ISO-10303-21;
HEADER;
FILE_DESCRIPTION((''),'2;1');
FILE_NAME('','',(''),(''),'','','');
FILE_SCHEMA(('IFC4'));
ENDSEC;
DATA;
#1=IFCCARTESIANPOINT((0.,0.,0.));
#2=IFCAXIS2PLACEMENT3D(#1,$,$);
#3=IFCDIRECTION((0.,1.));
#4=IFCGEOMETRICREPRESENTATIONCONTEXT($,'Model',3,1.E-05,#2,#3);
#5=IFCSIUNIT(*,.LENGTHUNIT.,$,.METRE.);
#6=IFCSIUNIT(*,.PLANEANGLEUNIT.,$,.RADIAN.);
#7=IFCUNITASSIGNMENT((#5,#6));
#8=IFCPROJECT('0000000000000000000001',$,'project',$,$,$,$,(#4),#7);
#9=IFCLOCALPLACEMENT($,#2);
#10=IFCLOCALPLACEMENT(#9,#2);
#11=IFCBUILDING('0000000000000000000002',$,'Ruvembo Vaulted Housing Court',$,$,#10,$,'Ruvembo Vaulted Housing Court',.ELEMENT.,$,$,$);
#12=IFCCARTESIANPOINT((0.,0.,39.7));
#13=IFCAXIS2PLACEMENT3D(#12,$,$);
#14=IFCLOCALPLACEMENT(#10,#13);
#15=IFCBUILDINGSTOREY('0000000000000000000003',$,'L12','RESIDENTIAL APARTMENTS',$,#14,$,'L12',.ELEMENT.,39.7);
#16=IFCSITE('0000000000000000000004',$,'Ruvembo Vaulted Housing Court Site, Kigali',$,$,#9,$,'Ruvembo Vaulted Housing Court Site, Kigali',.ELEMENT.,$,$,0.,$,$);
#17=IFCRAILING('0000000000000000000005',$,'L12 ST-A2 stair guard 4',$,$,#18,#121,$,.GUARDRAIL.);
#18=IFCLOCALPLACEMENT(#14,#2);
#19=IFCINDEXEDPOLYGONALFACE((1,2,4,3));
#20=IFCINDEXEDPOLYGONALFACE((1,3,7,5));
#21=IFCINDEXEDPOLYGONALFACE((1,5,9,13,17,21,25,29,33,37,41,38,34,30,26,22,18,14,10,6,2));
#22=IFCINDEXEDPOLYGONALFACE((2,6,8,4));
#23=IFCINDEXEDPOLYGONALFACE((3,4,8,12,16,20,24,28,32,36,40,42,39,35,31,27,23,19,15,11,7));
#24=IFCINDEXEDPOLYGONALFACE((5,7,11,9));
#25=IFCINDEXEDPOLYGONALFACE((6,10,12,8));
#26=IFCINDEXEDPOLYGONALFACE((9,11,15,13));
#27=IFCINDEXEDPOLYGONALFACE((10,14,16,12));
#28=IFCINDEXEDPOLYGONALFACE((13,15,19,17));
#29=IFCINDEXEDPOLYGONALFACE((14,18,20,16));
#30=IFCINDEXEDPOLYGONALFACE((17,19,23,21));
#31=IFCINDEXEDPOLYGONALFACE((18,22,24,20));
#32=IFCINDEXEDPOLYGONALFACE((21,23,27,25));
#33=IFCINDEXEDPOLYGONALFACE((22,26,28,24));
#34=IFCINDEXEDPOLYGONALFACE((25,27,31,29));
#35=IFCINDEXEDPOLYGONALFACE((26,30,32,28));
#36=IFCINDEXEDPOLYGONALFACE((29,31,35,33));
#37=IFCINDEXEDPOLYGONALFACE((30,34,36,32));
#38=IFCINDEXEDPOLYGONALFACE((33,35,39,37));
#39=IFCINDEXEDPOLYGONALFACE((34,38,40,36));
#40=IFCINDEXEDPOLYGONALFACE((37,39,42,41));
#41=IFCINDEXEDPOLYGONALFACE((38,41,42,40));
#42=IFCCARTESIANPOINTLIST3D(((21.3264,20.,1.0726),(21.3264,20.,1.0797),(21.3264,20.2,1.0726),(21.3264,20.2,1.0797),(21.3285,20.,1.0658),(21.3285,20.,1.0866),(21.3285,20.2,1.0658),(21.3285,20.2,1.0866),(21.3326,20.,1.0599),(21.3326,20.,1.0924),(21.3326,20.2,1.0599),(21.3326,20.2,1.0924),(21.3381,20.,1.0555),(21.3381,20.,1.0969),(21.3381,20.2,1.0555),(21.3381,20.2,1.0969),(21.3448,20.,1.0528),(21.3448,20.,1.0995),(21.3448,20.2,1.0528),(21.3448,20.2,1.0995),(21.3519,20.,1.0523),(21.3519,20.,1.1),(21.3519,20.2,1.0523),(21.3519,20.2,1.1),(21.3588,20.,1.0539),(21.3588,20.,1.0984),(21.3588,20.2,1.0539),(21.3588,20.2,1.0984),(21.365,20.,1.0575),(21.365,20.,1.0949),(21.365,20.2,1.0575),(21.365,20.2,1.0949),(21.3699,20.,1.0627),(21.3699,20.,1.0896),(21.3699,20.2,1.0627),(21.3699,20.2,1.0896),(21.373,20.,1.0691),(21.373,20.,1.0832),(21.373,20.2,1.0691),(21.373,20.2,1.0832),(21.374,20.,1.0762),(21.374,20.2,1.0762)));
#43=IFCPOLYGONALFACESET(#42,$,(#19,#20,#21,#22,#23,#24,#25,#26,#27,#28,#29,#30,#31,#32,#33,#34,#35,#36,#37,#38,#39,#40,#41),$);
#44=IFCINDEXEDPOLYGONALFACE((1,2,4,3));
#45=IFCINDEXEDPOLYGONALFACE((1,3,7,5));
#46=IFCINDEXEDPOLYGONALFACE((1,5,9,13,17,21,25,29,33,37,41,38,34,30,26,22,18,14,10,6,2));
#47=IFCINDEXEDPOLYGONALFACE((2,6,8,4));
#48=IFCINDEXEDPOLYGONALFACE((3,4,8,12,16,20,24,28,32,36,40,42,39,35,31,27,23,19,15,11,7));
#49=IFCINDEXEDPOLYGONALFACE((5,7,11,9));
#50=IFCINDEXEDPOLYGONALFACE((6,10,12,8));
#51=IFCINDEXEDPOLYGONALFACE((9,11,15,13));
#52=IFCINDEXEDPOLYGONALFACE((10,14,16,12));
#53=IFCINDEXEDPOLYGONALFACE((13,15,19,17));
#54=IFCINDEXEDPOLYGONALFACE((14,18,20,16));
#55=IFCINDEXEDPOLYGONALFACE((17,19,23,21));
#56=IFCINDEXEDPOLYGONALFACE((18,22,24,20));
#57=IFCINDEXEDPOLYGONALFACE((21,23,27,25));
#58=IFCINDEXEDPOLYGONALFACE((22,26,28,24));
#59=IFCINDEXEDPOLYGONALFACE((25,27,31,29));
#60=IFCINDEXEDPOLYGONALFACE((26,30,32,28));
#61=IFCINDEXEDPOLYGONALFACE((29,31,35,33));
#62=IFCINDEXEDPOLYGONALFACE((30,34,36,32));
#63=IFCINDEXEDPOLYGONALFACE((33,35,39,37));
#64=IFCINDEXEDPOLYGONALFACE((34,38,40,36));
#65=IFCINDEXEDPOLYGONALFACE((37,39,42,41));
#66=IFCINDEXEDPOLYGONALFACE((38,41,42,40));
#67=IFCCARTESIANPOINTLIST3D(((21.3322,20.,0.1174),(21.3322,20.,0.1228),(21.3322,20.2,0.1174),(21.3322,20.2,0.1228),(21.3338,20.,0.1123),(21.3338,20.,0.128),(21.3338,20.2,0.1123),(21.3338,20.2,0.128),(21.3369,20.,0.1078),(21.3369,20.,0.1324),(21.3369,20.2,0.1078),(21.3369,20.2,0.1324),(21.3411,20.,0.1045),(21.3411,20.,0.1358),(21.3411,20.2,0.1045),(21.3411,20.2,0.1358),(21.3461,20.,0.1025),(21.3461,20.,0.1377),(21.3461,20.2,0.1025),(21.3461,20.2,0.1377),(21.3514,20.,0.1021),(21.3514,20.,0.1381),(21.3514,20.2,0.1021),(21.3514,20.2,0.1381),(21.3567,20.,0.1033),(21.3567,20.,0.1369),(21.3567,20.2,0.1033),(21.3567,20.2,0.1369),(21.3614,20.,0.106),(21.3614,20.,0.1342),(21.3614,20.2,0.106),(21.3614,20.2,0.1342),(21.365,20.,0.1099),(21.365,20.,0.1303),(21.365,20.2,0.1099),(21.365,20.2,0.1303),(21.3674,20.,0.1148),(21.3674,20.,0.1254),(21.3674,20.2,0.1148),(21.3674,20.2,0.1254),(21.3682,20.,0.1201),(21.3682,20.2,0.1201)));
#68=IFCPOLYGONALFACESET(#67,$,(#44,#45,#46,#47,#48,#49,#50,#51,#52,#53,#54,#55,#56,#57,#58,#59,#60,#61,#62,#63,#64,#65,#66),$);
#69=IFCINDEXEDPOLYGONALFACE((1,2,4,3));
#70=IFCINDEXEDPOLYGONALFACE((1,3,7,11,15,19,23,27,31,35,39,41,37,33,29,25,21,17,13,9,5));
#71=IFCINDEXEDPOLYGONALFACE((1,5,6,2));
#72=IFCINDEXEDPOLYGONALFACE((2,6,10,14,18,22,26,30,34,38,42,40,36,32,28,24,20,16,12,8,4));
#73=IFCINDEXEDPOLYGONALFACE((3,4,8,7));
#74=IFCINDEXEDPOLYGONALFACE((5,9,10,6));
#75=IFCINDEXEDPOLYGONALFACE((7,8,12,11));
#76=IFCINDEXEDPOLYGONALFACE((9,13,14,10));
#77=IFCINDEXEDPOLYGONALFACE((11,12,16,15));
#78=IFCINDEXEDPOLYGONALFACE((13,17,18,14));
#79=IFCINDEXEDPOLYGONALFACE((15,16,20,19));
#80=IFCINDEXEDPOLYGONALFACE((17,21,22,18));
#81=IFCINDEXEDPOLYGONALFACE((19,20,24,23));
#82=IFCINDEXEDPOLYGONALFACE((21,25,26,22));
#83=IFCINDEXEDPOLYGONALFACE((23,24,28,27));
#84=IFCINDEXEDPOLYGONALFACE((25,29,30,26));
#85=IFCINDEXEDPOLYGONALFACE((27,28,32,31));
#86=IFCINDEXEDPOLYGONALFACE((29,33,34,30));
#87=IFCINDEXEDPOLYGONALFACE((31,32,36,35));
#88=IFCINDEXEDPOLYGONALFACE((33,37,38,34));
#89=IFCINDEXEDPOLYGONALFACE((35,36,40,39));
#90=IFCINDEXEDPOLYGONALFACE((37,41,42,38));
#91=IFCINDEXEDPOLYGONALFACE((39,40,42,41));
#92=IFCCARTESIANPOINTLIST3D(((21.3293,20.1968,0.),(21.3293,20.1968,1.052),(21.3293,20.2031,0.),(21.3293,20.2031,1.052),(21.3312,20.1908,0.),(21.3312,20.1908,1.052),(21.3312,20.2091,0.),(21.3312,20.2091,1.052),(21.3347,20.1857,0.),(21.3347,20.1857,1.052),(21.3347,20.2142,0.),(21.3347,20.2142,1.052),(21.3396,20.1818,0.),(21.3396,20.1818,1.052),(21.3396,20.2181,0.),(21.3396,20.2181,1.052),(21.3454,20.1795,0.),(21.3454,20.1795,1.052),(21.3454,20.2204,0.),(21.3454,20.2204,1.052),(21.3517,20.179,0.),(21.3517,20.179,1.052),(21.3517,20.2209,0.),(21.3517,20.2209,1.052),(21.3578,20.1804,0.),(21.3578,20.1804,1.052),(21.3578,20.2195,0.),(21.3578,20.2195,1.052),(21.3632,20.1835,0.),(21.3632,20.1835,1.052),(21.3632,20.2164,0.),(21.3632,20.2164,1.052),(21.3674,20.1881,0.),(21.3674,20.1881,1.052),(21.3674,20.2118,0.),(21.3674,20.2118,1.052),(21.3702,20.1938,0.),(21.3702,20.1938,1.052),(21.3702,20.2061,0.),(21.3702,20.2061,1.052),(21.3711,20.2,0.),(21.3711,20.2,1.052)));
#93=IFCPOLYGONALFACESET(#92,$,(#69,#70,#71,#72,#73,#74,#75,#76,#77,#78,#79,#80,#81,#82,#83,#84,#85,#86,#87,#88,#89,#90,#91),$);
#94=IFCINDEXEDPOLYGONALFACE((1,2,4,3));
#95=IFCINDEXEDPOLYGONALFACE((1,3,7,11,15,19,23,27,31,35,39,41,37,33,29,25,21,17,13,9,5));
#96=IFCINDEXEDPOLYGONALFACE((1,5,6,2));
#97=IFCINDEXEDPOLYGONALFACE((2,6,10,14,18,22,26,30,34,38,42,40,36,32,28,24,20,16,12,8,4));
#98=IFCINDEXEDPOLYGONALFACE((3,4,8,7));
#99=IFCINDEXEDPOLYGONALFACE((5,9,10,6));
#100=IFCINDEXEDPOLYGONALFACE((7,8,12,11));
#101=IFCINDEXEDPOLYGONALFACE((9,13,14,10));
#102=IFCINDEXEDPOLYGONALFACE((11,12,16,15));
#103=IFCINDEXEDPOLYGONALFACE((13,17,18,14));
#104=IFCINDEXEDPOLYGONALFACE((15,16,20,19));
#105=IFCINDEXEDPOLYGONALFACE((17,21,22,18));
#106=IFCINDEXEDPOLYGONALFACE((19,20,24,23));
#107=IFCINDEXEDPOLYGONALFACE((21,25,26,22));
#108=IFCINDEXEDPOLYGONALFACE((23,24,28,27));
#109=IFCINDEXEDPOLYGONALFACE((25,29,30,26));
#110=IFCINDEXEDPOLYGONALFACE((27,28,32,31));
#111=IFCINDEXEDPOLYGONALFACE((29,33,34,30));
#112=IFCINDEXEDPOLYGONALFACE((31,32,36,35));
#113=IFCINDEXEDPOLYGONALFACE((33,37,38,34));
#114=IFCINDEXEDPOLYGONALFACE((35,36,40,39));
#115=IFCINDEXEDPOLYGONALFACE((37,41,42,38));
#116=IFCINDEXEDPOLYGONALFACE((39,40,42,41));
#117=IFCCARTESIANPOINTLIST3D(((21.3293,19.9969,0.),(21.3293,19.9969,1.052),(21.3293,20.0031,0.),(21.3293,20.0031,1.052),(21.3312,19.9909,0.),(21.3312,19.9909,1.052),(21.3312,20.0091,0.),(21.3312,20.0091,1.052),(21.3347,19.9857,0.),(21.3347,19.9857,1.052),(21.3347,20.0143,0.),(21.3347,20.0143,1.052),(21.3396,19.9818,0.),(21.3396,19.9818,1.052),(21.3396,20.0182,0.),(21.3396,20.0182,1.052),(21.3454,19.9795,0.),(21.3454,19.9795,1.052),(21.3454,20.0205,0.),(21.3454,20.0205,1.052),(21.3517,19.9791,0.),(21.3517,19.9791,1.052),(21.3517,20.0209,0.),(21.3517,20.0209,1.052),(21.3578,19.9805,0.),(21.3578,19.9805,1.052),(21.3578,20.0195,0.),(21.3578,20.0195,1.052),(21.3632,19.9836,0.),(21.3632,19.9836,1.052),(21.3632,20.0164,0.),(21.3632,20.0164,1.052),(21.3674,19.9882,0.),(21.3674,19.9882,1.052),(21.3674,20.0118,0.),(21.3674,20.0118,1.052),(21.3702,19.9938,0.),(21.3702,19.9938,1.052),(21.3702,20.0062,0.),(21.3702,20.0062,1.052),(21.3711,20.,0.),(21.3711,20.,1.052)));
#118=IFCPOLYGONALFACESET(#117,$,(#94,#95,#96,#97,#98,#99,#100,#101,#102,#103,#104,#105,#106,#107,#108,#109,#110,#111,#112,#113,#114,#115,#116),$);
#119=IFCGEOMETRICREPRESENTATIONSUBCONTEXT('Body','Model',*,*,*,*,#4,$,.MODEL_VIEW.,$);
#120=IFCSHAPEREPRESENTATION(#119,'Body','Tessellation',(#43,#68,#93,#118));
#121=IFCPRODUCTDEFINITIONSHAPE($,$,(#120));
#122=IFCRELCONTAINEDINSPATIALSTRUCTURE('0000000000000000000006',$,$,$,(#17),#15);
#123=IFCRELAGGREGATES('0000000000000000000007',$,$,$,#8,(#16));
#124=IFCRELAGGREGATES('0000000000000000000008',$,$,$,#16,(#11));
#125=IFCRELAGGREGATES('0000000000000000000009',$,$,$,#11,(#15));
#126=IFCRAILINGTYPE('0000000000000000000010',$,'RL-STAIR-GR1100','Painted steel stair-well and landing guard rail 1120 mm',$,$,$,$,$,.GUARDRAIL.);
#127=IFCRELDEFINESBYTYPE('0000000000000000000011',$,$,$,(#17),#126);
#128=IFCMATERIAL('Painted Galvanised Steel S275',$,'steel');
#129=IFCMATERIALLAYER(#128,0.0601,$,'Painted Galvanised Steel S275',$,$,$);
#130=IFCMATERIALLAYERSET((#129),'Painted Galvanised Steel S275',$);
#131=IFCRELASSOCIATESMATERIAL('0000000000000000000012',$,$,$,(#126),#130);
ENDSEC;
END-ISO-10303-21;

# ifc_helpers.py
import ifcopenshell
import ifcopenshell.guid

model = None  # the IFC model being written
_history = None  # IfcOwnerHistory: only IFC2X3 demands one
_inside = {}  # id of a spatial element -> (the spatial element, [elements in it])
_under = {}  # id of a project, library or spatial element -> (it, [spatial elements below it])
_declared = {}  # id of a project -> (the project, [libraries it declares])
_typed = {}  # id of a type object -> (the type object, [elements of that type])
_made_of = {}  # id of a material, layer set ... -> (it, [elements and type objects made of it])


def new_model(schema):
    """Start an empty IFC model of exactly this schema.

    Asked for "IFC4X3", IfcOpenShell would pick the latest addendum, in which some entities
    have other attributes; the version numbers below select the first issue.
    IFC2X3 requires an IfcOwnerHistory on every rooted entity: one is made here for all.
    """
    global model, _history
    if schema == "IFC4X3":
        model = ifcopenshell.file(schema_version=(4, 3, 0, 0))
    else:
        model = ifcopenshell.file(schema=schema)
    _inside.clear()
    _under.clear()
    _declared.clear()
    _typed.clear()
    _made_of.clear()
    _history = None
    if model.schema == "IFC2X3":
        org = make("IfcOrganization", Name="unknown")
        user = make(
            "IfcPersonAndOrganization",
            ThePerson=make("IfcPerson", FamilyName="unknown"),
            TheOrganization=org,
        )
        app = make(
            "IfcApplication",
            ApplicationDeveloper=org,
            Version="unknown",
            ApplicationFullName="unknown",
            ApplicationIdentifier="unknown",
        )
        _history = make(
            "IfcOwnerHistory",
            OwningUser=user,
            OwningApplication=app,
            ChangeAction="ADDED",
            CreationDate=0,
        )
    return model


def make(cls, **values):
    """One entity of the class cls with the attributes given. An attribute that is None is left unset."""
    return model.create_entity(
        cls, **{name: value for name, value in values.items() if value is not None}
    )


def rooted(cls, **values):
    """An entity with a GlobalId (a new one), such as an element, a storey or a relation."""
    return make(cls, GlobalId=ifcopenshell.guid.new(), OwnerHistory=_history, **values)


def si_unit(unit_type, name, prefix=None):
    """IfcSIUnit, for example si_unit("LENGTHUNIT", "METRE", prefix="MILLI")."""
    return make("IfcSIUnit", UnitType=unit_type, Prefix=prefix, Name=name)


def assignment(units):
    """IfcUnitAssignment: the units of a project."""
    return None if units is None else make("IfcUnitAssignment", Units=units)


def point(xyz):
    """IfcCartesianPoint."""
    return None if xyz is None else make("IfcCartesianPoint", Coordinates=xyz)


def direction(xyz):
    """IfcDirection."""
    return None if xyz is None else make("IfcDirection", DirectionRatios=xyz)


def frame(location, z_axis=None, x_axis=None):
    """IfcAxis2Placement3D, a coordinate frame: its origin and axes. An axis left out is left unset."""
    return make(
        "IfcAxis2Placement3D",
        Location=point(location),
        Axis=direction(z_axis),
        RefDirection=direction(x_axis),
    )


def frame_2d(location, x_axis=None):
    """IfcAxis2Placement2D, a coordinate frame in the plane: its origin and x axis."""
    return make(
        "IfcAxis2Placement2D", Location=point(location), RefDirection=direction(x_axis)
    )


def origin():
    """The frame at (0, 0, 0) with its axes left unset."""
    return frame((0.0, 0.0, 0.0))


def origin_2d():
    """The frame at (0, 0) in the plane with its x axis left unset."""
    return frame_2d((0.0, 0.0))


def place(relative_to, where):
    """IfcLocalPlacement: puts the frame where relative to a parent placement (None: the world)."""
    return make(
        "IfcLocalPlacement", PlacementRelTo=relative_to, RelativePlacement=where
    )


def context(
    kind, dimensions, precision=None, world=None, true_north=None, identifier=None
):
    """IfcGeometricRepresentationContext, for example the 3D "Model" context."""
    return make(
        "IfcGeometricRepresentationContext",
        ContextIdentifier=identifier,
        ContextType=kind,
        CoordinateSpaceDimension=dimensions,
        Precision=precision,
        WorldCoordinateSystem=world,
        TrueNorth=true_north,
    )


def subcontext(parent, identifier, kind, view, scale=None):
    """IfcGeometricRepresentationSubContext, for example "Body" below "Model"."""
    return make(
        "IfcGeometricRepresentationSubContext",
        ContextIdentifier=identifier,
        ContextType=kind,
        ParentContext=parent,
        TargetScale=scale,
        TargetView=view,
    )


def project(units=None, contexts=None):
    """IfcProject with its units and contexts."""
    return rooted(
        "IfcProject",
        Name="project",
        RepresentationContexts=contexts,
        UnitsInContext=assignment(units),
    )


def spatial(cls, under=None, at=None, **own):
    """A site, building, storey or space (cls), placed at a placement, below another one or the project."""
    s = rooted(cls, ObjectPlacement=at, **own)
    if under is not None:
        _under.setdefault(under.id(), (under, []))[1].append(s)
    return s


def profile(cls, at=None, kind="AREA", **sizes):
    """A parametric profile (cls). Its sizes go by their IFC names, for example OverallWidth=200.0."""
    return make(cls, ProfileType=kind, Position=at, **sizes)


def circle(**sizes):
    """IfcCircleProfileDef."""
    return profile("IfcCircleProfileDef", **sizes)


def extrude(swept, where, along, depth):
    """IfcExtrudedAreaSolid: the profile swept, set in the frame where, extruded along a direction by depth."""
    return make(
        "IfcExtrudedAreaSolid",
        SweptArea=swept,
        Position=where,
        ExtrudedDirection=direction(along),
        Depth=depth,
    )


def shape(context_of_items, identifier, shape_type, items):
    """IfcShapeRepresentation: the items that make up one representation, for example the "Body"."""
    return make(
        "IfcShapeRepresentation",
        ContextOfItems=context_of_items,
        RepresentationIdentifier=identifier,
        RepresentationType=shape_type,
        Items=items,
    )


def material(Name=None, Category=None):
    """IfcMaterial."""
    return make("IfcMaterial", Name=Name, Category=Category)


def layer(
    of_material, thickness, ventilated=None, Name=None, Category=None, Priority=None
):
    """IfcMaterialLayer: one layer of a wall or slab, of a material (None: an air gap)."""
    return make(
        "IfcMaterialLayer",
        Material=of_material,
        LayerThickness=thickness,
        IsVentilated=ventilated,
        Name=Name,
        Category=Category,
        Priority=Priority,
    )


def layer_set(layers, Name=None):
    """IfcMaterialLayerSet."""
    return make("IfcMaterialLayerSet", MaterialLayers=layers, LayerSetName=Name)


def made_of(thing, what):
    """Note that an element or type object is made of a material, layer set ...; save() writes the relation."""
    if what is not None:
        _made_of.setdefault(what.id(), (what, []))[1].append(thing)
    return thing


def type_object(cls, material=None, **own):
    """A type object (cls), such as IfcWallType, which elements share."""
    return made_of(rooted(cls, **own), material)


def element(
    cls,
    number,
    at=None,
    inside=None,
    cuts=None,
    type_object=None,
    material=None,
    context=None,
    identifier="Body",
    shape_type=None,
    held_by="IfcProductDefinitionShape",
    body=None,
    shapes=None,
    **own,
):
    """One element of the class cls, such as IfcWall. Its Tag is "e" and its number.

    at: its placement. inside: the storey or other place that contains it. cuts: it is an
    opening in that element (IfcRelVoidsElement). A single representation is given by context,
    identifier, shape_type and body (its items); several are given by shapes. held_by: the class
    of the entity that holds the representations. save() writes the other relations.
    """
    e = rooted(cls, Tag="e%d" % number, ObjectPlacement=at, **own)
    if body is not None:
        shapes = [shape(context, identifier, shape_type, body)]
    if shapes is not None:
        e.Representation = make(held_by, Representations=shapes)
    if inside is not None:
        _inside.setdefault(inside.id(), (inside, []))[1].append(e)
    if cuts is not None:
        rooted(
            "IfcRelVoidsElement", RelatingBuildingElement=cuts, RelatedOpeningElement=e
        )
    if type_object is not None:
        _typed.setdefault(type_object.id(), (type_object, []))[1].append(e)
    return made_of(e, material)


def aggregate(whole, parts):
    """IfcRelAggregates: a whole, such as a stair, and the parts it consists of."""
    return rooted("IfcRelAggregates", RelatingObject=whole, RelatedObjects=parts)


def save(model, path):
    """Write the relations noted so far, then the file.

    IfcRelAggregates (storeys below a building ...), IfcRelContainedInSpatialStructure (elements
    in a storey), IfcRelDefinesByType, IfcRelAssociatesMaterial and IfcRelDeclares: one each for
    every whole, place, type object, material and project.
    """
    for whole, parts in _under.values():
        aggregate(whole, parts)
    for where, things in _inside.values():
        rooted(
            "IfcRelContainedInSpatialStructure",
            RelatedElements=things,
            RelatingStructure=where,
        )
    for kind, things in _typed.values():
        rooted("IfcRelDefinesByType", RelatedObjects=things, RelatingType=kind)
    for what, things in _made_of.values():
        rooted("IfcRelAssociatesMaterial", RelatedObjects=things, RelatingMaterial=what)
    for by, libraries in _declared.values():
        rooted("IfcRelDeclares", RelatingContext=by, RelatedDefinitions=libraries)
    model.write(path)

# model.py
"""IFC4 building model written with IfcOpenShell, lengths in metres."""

from ifc_helpers import new_model, si_unit, direction, frame, origin, origin_2d, place, context, subcontext, project, spatial, circle, extrude, material, layer, layer_set, type_object, element, save


model = new_model("IFC4")

# Units and contexts
model_context = context("Model", 3, precision=1e-05, world=origin(), true_north=direction((0.0, 1.0)))
body_context = subcontext(model_context, "Body", "Model", "MODEL_VIEW")
ifc_project = project(units=[si_unit("LENGTHUNIT", "METRE"), si_unit("PLANEANGLEUNIT", "RADIAN")], contexts=[model_context])

# Site, building, storey
site_placement = place(None, origin())
site = spatial("IfcSite", under=ifc_project, at=site_placement, Name="Ruvembo Vaulted Housing Court Site, Kigali", LongName="Ruvembo Vaulted Housing Court Site, Kigali", CompositionType="ELEMENT", RefElevation=0.0)
building_placement = place(site_placement, origin())
building = spatial("IfcBuilding", under=site, at=building_placement, Name="Ruvembo Vaulted Housing Court", LongName="Ruvembo Vaulted Housing Court", CompositionType="ELEMENT")
storey_placement = place(building_placement, frame((0.0, 0.0, 39.7)))
storey = spatial("IfcBuildingStorey", under=building, at=storey_placement, Name="L12", Description="RESIDENTIAL APARTMENTS", LongName="L12", CompositionType="ELEMENT", Elevation=39.7)

# Railing
ifc_material_1 = material(Name="Painted Galvanised Steel S275", Category="steel")
ifc_layer_1 = layer(ifc_material_1, 0.0601, Name="Painted Galvanised Steel S275")
ifc_layer_set_1 = layer_set([ifc_layer_1], Name="Painted Galvanised Steel S275")
railing_type_1 = type_object("IfcRailingType", Name="RL-STAIR-GR1100", Description="Painted steel stair-well and landing guard rail 1120 mm", PredefinedType="GUARDRAIL", material=ifc_layer_set_1)
railing_1_placement = place(storey_placement, frame((21.3501, 20.2, 0.0)))
element("IfcRailing", 1, at=railing_1_placement, inside=storey, type_object=railing_type_1, Name="L12 ST-A2 stair guard 4", PredefinedType="GUARDRAIL", context=body_context, shape_type="SweptSolid", body=[
    extrude(circle(Radius=0.0239, at=origin_2d()), frame((0.0, 0.0, 1.0762), z_axis=(0.0, -1.0, 0.0), x_axis=(1.0, 0.0, 0.0)), (0.0, 0.0, 1.0), 0.2),
    extrude(circle(Radius=0.0181, at=origin_2d()), frame((0.0, 0.0, 0.1201), z_axis=(0.0, -1.0, 0.0), x_axis=(1.0, 0.0, 0.0)), (0.0, 0.0, 1.0), 0.2),
    extrude(circle(Radius=0.021, at=origin_2d()), origin(), (0.0, 0.0, 1.0), 1.052),
    extrude(circle(Radius=0.021, at=origin_2d()), frame((0.0, -0.2, 0.0)), (0.0, 0.0, 1.0), 1.052),
])

save(model, "model.ifc")
